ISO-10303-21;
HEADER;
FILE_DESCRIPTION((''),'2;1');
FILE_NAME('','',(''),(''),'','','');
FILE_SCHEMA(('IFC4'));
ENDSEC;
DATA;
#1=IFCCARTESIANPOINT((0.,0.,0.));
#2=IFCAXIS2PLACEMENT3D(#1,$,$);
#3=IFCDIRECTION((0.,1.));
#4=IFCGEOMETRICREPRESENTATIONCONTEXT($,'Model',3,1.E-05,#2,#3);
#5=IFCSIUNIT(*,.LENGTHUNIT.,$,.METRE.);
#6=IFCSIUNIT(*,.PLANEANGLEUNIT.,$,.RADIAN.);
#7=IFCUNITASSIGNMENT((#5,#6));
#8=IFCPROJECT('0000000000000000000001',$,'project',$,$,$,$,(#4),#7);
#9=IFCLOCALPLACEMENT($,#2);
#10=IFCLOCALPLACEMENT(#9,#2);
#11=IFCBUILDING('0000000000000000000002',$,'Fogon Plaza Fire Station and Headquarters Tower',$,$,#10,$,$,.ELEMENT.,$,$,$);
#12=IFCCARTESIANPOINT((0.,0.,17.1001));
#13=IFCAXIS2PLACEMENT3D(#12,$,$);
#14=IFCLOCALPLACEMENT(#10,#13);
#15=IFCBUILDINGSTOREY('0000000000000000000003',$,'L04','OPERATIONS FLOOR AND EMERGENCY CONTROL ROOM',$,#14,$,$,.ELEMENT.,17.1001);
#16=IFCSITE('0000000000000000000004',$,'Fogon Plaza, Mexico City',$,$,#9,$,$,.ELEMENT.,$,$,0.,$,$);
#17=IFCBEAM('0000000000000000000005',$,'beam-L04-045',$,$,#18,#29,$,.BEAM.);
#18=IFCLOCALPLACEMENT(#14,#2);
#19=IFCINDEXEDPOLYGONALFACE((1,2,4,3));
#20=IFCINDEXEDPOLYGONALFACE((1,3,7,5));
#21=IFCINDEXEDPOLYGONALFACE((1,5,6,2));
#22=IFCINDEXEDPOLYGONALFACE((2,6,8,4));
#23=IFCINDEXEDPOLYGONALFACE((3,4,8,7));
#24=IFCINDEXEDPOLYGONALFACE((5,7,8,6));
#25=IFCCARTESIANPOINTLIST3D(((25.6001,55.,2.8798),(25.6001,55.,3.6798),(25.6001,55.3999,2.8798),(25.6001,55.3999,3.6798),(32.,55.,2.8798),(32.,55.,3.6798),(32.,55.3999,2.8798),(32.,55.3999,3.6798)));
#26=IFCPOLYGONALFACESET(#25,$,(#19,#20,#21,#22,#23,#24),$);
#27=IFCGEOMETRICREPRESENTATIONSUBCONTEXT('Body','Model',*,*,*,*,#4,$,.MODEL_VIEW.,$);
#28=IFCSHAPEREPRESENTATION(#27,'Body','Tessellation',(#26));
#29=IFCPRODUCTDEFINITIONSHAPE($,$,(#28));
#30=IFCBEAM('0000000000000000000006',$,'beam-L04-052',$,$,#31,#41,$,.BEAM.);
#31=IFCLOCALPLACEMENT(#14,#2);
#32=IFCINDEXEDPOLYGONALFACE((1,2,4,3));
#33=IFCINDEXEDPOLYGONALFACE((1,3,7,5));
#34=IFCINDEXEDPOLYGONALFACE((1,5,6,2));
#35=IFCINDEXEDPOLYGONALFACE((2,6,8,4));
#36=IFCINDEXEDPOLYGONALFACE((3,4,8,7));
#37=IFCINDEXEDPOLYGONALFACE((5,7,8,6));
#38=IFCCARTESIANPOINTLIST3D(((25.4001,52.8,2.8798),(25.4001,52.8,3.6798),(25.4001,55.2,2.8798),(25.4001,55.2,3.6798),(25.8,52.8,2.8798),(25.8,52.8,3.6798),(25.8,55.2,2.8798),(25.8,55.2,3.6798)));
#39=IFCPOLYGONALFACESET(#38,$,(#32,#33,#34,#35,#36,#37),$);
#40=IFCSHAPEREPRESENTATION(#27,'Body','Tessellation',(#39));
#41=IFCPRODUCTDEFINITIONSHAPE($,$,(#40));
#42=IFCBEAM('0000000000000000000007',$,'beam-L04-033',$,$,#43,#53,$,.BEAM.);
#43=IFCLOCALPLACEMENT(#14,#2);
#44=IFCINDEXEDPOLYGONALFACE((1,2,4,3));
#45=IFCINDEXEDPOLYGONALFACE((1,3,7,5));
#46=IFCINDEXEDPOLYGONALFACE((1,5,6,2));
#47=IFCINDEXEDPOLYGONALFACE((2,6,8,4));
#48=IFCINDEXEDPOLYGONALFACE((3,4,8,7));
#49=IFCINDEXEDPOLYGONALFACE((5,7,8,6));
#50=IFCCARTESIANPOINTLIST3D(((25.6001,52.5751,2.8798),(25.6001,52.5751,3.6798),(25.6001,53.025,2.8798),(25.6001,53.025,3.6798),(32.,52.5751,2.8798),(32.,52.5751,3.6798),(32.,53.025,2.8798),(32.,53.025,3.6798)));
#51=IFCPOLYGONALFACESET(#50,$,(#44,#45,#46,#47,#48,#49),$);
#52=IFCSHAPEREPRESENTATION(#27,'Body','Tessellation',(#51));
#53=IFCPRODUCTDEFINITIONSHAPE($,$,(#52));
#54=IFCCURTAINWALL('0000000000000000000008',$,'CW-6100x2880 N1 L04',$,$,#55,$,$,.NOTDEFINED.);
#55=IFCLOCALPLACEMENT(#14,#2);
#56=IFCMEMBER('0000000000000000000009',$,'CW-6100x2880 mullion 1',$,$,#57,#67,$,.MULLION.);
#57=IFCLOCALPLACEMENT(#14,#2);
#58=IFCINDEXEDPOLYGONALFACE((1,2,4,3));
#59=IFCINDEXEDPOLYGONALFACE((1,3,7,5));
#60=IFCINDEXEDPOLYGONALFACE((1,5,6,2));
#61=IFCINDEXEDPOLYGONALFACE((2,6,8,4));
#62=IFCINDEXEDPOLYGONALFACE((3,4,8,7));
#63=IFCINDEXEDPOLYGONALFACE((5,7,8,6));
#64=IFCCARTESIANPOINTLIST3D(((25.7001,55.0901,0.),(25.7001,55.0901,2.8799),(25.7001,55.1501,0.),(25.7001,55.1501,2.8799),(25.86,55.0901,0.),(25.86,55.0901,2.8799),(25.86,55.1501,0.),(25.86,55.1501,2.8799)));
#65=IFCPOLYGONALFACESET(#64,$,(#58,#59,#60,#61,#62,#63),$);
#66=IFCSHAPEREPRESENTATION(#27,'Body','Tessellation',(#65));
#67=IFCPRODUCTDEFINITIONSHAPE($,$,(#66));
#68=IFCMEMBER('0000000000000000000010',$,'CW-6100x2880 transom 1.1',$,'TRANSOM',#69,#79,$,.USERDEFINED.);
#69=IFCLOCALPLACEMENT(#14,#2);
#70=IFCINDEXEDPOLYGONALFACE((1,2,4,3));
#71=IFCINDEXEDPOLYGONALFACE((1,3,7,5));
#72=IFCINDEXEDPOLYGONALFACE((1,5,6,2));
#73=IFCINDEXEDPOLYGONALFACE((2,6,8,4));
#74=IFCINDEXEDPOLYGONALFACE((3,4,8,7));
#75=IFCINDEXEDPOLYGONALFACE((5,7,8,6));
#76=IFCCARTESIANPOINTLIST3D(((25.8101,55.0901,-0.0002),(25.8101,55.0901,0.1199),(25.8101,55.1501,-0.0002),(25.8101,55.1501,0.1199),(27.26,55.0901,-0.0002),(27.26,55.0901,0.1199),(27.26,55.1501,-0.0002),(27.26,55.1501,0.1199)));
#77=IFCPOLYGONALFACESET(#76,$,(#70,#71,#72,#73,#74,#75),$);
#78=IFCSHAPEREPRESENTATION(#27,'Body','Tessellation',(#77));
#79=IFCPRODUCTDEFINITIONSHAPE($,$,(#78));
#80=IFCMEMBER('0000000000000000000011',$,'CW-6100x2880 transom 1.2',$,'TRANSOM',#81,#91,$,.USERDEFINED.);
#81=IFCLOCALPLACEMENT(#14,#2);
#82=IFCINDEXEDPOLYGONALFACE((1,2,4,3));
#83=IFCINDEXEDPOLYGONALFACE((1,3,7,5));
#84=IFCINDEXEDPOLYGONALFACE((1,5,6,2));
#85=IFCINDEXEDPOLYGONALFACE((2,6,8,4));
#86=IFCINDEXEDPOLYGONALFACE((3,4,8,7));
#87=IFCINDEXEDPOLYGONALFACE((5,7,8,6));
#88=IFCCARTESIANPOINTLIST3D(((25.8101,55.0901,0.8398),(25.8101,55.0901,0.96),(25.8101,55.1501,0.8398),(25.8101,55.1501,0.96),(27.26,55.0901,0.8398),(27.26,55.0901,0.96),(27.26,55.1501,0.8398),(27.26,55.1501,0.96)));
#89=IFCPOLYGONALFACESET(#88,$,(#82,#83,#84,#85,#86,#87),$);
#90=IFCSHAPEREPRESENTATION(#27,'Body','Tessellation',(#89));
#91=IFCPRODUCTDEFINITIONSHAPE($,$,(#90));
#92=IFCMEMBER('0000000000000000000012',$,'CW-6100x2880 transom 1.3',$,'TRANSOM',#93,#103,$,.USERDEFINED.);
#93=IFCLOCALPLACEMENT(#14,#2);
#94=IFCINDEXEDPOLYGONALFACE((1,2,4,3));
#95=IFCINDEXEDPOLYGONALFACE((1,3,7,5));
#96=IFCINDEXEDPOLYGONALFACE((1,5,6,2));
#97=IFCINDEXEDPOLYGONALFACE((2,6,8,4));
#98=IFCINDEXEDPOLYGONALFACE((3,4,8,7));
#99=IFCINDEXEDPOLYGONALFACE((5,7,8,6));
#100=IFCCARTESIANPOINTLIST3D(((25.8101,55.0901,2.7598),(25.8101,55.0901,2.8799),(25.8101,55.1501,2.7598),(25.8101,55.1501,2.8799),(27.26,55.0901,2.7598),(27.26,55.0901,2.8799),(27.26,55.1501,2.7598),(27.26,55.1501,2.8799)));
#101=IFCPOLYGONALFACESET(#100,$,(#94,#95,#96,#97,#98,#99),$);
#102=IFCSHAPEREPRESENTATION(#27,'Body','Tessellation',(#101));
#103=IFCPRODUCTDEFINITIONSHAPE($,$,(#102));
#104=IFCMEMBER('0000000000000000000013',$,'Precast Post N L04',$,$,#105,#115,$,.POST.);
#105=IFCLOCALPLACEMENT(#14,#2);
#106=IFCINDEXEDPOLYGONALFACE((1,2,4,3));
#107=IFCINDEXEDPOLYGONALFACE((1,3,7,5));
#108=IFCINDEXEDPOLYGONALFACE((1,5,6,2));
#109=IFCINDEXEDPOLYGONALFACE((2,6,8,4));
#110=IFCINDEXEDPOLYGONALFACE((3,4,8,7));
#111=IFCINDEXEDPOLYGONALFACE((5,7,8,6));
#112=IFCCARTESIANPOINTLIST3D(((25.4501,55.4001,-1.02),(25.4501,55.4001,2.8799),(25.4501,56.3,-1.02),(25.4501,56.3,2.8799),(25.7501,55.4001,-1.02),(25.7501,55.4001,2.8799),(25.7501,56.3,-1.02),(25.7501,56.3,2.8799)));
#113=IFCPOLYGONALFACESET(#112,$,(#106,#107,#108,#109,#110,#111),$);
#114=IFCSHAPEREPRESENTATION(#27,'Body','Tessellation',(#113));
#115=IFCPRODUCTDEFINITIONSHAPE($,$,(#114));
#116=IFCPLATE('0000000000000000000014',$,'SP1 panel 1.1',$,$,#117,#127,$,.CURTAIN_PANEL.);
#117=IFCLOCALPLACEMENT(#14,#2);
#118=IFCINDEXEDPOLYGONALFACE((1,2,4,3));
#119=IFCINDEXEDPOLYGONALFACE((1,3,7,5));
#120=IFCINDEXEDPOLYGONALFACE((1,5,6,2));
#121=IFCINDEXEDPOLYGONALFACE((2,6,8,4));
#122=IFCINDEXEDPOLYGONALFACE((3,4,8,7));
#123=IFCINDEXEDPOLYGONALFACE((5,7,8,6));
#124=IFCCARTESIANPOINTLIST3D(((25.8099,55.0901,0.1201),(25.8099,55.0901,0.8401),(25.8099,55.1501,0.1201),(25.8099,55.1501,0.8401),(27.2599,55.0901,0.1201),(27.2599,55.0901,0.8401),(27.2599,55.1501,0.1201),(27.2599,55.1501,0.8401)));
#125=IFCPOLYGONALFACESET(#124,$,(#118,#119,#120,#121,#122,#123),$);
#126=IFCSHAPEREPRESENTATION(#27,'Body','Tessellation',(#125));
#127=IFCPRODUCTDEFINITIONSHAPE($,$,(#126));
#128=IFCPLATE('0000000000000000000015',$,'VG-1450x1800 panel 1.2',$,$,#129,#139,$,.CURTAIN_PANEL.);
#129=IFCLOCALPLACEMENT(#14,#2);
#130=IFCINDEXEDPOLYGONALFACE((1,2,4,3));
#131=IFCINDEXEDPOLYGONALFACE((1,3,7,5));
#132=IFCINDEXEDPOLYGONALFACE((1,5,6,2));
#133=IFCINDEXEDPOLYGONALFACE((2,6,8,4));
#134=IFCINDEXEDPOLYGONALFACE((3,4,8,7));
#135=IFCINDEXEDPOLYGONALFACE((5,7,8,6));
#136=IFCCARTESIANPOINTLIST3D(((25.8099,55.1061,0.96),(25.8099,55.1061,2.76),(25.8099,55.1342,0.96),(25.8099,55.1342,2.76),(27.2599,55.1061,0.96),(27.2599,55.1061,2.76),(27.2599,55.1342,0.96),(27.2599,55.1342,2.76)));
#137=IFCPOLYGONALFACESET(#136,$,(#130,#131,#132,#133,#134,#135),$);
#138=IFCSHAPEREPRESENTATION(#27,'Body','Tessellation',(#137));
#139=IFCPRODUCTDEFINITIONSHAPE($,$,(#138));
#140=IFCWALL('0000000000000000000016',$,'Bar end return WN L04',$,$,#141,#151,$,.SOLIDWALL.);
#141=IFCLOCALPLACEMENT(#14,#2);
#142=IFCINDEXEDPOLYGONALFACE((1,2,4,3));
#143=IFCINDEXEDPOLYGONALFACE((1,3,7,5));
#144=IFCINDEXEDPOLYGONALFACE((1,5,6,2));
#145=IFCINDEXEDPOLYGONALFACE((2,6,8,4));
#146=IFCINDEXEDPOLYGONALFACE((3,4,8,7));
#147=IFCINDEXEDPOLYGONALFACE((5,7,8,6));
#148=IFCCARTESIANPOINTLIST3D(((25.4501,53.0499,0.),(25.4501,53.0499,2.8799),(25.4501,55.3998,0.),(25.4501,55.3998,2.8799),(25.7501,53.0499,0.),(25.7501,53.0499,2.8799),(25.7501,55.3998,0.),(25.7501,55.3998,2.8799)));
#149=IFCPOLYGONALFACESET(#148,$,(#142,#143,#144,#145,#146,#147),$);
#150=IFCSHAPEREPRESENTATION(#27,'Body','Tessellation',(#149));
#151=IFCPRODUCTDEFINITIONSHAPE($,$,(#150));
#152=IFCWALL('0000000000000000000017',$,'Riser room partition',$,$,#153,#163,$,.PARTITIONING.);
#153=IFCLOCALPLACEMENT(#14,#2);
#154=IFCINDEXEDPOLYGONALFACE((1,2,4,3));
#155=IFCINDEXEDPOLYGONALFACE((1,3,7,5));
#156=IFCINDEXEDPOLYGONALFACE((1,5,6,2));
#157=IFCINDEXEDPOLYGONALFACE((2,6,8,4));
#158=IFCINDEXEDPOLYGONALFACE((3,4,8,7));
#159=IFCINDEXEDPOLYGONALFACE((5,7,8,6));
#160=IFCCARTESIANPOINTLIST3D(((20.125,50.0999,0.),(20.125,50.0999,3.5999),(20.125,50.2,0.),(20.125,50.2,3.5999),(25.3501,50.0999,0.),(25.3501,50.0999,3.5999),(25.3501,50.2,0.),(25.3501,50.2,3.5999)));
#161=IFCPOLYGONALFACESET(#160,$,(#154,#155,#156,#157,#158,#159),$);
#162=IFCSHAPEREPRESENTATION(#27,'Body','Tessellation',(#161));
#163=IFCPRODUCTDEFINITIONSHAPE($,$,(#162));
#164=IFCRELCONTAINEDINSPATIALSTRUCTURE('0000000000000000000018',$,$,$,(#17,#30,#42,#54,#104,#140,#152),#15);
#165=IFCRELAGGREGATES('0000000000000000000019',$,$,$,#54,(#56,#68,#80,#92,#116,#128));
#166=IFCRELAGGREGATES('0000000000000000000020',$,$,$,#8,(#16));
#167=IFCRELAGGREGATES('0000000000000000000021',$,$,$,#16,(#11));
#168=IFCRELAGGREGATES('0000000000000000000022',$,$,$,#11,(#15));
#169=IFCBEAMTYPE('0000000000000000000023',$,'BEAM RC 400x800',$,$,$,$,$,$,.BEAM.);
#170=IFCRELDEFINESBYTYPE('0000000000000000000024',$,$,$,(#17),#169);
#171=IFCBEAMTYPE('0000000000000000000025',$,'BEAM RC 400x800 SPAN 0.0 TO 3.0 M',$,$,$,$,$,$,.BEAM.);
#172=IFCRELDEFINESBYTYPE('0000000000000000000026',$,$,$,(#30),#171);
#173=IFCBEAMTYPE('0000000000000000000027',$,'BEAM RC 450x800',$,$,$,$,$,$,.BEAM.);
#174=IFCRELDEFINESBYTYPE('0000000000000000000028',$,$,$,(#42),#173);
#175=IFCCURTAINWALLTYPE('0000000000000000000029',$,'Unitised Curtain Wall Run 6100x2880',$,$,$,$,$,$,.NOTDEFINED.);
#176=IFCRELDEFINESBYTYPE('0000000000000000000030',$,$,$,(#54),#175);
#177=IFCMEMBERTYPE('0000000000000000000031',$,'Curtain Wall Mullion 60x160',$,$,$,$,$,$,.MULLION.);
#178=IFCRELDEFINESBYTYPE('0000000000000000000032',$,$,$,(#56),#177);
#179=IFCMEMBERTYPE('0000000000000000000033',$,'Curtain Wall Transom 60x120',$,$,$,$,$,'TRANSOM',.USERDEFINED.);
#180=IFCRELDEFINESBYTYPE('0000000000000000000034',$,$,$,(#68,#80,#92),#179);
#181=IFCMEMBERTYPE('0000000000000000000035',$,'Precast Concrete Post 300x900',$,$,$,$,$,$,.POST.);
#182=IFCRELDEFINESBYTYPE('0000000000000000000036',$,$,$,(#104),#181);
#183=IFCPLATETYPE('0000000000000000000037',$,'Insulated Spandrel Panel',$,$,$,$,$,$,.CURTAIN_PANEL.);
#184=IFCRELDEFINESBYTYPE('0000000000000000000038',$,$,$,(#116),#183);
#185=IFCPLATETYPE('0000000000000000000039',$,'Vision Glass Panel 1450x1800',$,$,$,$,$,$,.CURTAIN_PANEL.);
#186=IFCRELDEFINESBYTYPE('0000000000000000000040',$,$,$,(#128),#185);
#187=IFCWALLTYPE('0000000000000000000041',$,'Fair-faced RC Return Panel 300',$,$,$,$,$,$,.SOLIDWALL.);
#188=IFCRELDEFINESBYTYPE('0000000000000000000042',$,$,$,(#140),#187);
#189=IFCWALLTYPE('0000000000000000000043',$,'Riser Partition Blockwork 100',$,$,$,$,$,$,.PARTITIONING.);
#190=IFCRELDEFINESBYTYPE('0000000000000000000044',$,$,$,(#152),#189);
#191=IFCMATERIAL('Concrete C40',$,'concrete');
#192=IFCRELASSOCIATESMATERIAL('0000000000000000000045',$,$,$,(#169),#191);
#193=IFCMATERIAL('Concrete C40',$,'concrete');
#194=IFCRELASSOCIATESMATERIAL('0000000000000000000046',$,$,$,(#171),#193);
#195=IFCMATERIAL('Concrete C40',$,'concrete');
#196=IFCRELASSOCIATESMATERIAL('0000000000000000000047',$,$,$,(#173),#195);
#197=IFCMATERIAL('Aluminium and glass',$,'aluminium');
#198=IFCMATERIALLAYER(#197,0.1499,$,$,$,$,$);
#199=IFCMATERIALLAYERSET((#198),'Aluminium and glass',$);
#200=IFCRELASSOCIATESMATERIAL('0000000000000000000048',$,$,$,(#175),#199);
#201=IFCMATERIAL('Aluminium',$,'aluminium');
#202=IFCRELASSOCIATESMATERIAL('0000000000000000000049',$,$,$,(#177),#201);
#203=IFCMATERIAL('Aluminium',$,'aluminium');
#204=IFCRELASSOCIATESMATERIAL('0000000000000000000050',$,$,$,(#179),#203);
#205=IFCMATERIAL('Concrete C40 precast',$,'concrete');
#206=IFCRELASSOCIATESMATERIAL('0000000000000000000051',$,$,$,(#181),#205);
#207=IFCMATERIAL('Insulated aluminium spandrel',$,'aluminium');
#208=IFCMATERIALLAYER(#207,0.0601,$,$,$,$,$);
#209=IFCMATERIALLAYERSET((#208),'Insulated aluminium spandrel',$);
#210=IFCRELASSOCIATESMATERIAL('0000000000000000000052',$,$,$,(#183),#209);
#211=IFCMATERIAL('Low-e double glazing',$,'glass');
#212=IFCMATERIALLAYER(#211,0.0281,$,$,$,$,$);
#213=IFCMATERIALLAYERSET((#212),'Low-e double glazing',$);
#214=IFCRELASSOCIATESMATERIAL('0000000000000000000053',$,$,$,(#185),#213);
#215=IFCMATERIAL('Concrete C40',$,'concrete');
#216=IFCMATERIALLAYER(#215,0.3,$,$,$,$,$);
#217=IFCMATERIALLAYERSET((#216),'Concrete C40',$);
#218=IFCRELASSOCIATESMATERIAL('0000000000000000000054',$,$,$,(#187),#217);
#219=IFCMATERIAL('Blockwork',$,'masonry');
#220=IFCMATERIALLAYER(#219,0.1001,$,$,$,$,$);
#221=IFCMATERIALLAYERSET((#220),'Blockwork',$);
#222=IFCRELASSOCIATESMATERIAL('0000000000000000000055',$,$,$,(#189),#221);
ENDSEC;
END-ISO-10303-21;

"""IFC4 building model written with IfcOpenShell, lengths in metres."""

from ifc_helpers import new_model, si_unit, direction, frame, frame_2d, origin, origin_2d, place, context, subcontext, project, spatial, rectangle, extrude, material, layer, layer_set, material_profile, profile_set, type_object, element, aggregate, save


model = new_model("IFC4")

# Units and contexts
model_context = context("Model", 3, precision=1e-05, world=origin(), true_north=direction((0.0, 1.0)))
body_context = subcontext(model_context, "Body", "Model", "MODEL_VIEW")
ifc_project = project(units=[si_unit("LENGTHUNIT", "METRE"), si_unit("PLANEANGLEUNIT", "RADIAN")], contexts=[model_context])

# Site, building, storey
site_placement = place(None, origin())
site = spatial("IfcSite", under=ifc_project, at=site_placement, Name="Fogon Plaza, Mexico City", CompositionType="ELEMENT", RefElevation=0.0)
building_placement = place(site_placement, origin())
building = spatial("IfcBuilding", under=site, at=building_placement, Name="Fogon Plaza Fire Station and Headquarters Tower", CompositionType="ELEMENT")
storey_placement = place(building_placement, frame((0.0, 0.0, 17.1001)))
storey = spatial("IfcBuildingStorey", under=building, at=storey_placement, Name="L04", Description="OPERATIONS FLOOR AND EMERGENCY CONTROL ROOM", CompositionType="ELEMENT", Elevation=17.1001)

# Beams
ifc_material_1 = material(Name="Concrete C40", Category="concrete")
ifc_material_profile_1 = material_profile(ifc_material_1, rectangle(XDim=0.3999, YDim=0.8, at=origin_2d()), Name="RC 400x800")
ifc_profile_set_1 = profile_set([ifc_material_profile_1], Name="Concrete C40")
beam_type_1 = type_object("IfcBeamType", Name="BEAM RC 400x800", PredefinedType="BEAM", material=ifc_profile_set_1)
beam_1_placement = place(storey_placement, frame((25.6001, 55.2, 3.2798), z_axis=(1.0, 0.0, 0.0), x_axis=(0.0, 1.0, 0.0)))
element("IfcBeam", 1, at=beam_1_placement, inside=storey, type_object=beam_type_1, Name="beam-L04-045", PredefinedType="BEAM", context=body_context, shape_type="SweptSolid", body=[
    extrude(rectangle(XDim=0.3999, YDim=0.8, at=origin_2d()), origin(), (0.0, 0.0, 1.0), 6.3999),
])
ifc_material_2 = material(Name="Concrete C40", Category="concrete")
ifc_material_profile_2 = material_profile(ifc_material_2, rectangle(XDim=0.3999, YDim=0.8, at=origin_2d()), Name="RC 400x800")
ifc_profile_set_2 = profile_set([ifc_material_profile_2], Name="Concrete C40")
beam_type_2 = type_object("IfcBeamType", Name="BEAM RC 400x800 SPAN 0.0 TO 3.0 M", PredefinedType="BEAM", material=ifc_profile_set_2)
beam_2_placement = place(storey_placement, frame((25.6001, 52.8, 3.2798), z_axis=(0.0, 1.0, 0.0), x_axis=(-1.0, 0.0, 0.0)))
element("IfcBeam", 2, at=beam_2_placement, inside=storey, type_object=beam_type_2, Name="beam-L04-052", PredefinedType="BEAM", context=body_context, shape_type="SweptSolid", body=[
    extrude(rectangle(XDim=0.3999, YDim=0.8, at=origin_2d()), origin(), (0.0, 0.0, 1.0), 2.3999),
])
ifc_material_3 = material(Name="Concrete C40", Category="concrete")
ifc_material_profile_3 = material_profile(ifc_material_3, rectangle(XDim=0.45, YDim=0.8, at=origin_2d()), Name="RC 450x800")
ifc_profile_set_3 = profile_set([ifc_material_profile_3], Name="Concrete C40")
beam_type_3 = type_object("IfcBeamType", Name="BEAM RC 450x800", PredefinedType="BEAM", material=ifc_profile_set_3)
beam_3_placement = place(storey_placement, frame((25.6001, 52.8, 3.2798), z_axis=(1.0, 0.0, 0.0), x_axis=(0.0, 1.0, 0.0)))
element("IfcBeam", 3, at=beam_3_placement, inside=storey, type_object=beam_type_3, Name="beam-L04-033", PredefinedType="BEAM", context=body_context, shape_type="SweptSolid", body=[
    extrude(rectangle(XDim=0.45, YDim=0.8, at=origin_2d()), origin(), (0.0, 0.0, 1.0), 6.3999),
])

# Curtain wall, members
ifc_material_4 = material(Name="Aluminium and glass", Category="aluminium")
ifc_layer_1 = layer(ifc_material_4, 0.1499)
ifc_layer_set_1 = layer_set([ifc_layer_1], Name="Aluminium and glass")
curtain_wall_type = type_object("IfcCurtainWallType", Name="Unitised Curtain Wall Run 6100x2880", PredefinedType="NOTDEFINED", material=ifc_layer_set_1)
curtain_wall_placement = place(storey_placement, origin())
curtain_wall = element("IfcCurtainWall", 4, at=curtain_wall_placement, inside=storey, type_object=curtain_wall_type, Name="CW-6100x2880 N1 L04", PredefinedType="NOTDEFINED")
ifc_material_5 = material(Name="Aluminium", Category="aluminium")
ifc_material_profile_4 = material_profile(ifc_material_5, rectangle(XDim=0.0601, YDim=0.1599, at=origin_2d()), Name="Curtain Wall Mullion 60x160")
ifc_profile_set_4 = profile_set([ifc_material_profile_4], Name="Aluminium")
member_type_1 = type_object("IfcMemberType", Name="Curtain Wall Mullion 60x160", PredefinedType="MULLION", material=ifc_profile_set_4)
member_1_placement = place(storey_placement, frame((25.78, 55.1201, 0.0), z_axis=(0.0, 0.0, 1.0), x_axis=(0.0, 1.0, 0.0)))
member_1 = element("IfcMember", 5, at=member_1_placement, type_object=member_type_1, Name="CW-6100x2880 mullion 1", PredefinedType="MULLION", context=body_context, shape_type="SweptSolid", body=[
    extrude(rectangle(XDim=0.0601, YDim=0.1599, at=origin_2d()), origin(), (0.0, 0.0, 1.0), 2.8799),
])
ifc_material_6 = material(Name="Aluminium", Category="aluminium")
ifc_material_profile_5 = material_profile(ifc_material_6, rectangle(XDim=0.0601, YDim=0.1201, at=origin_2d()), Name="Curtain Wall Transom 60x120")
ifc_profile_set_5 = profile_set([ifc_material_profile_5], Name="Aluminium")
member_type_2 = type_object("IfcMemberType", Name="Curtain Wall Transom 60x120", ElementType="TRANSOM", PredefinedType="USERDEFINED", material=ifc_profile_set_5)
member_2_placement = place(storey_placement, frame((25.8101, 55.1201, 0.0598), z_axis=(1.0, 0.0, 0.0), x_axis=(0.0, 1.0, 0.0)))
member_2 = element("IfcMember", 6, at=member_2_placement, type_object=member_type_2, Name="CW-6100x2880 transom 1.1", ObjectType="TRANSOM", PredefinedType="USERDEFINED", context=body_context, shape_type="SweptSolid", body=[
    extrude(rectangle(XDim=0.0601, YDim=0.1201, at=origin_2d()), origin(), (0.0, 0.0, 1.0), 1.45),
])
member_3_placement = place(storey_placement, frame((25.8101, 55.1201, 0.8999), z_axis=(1.0, 0.0, 0.0), x_axis=(0.0, 1.0, 0.0)))
member_3 = element("IfcMember", 7, at=member_3_placement, type_object=member_type_2, Name="CW-6100x2880 transom 1.2", ObjectType="TRANSOM", PredefinedType="USERDEFINED", context=body_context, shape_type="SweptSolid", body=[
    extrude(rectangle(XDim=0.0601, YDim=0.1201, at=origin_2d()), origin(), (0.0, 0.0, 1.0), 1.45),
])
member_4_placement = place(storey_placement, frame((25.8101, 55.1201, 2.8198), z_axis=(1.0, 0.0, 0.0), x_axis=(0.0, 1.0, 0.0)))
member_4 = element("IfcMember", 8, at=member_4_placement, type_object=member_type_2, Name="CW-6100x2880 transom 1.3", ObjectType="TRANSOM", PredefinedType="USERDEFINED", context=body_context, shape_type="SweptSolid", body=[
    extrude(rectangle(XDim=0.0601, YDim=0.1201, at=origin_2d()), origin(), (0.0, 0.0, 1.0), 1.45),
])

# Member
ifc_material_7 = material(Name="Concrete C40 precast", Category="concrete")
ifc_material_profile_6 = material_profile(ifc_material_7, rectangle(XDim=0.3, YDim=0.8999, at=origin_2d()), Name="Precast Concrete Post 300x900")
ifc_profile_set_6 = profile_set([ifc_material_profile_6], Name="Concrete C40 precast")
member_type_3 = type_object("IfcMemberType", Name="Precast Concrete Post 300x900", PredefinedType="POST", material=ifc_profile_set_6)
member_5_placement = place(storey_placement, frame((25.6001, 55.8501, -1.02), z_axis=(0.0, 0.0, 1.0), x_axis=(1.0, 0.0, 0.0)))
element("IfcMember", 9, at=member_5_placement, inside=storey, type_object=member_type_3, Name="Precast Post N L04", PredefinedType="POST", context=body_context, shape_type="SweptSolid", body=[
    extrude(rectangle(XDim=0.3, YDim=0.8999, at=origin_2d()), origin(), (0.0, 0.0, 1.0), 3.8999),
])

# Plates
ifc_material_8 = material(Name="Insulated aluminium spandrel", Category="aluminium")
ifc_layer_2 = layer(ifc_material_8, 0.0601)
ifc_layer_set_2 = layer_set([ifc_layer_2], Name="Insulated aluminium spandrel")
plate_type_1 = type_object("IfcPlateType", Name="Insulated Spandrel Panel", PredefinedType="CURTAIN_PANEL", material=ifc_layer_set_2)
plate_1_placement = place(storey_placement, frame((26.5349, 55.1201, 0.1201), z_axis=(0.0, 0.0, 1.0), x_axis=(1.0, 0.0, 0.0)))
plate_1 = element("IfcPlate", 10, at=plate_1_placement, type_object=plate_type_1, Name="SP1 panel 1.1", PredefinedType="CURTAIN_PANEL", context=body_context, shape_type="SweptSolid", body=[
    extrude(rectangle(XDim=1.45, YDim=0.0601, at=origin_2d()), origin(), (0.0, 0.0, 1.0), 0.72),
])
ifc_material_9 = material(Name="Low-e double glazing", Category="glass")
ifc_layer_3 = layer(ifc_material_9, 0.0281)
ifc_layer_set_3 = layer_set([ifc_layer_3], Name="Low-e double glazing")
plate_type_2 = type_object("IfcPlateType", Name="Vision Glass Panel 1450x1800", PredefinedType="CURTAIN_PANEL", material=ifc_layer_set_3)
plate_2_placement = place(storey_placement, frame((26.5349, 55.1201, 0.96), z_axis=(0.0, 0.0, 1.0), x_axis=(1.0, 0.0, 0.0)))
plate_2 = element("IfcPlate", 11, at=plate_2_placement, type_object=plate_type_2, Name="VG-1450x1800 panel 1.2", PredefinedType="CURTAIN_PANEL", context=body_context, shape_type="SweptSolid", body=[
    extrude(rectangle(XDim=1.45, YDim=0.0281, at=origin_2d()), origin(), (0.0, 0.0, 1.0), 1.8),
])
aggregate(curtain_wall, [member_1, member_2, member_3, member_4, plate_1, plate_2])

# Walls
ifc_material_10 = material(Name="Concrete C40", Category="concrete")
ifc_layer_4 = layer(ifc_material_10, 0.3)
ifc_layer_set_4 = layer_set([ifc_layer_4], Name="Concrete C40")
wall_type_1 = type_object("IfcWallType", Name="Fair-faced RC Return Panel 300", PredefinedType="SOLIDWALL", material=ifc_layer_set_4)
wall_1_placement = place(storey_placement, frame((25.6001, 53.05, 0.0), z_axis=(0.0, 0.0, 1.0), x_axis=(0.0, 1.0, 0.0)))
element("IfcWall", 12, at=wall_1_placement, inside=storey, type_object=wall_type_1, Name="Bar end return WN L04", PredefinedType="SOLIDWALL", context=body_context, shape_type="SweptSolid", body=[
    extrude(rectangle(XDim=2.3499, YDim=0.3, at=frame_2d((1.1748, 0.0))), origin(), (0.0, 0.0, 1.0), 2.8799),
])
ifc_material_11 = material(Name="Blockwork", Category="masonry")
ifc_layer_5 = layer(ifc_material_11, 0.1001)
ifc_layer_set_5 = layer_set([ifc_layer_5], Name="Blockwork")
wall_type_2 = type_object("IfcWallType", Name="Riser Partition Blockwork 100", PredefinedType="PARTITIONING", material=ifc_layer_set_5)
wall_2_placement = place(storey_placement, frame((20.125, 50.1499, 0.0), z_axis=(0.0, 0.0, 1.0), x_axis=(1.0, 0.0, 0.0)))
element("IfcWall", 13, at=wall_2_placement, inside=storey, type_object=wall_type_2, Name="Riser room partition", PredefinedType="PARTITIONING", context=body_context, shape_type="SweptSolid", body=[
    extrude(rectangle(XDim=5.2251, YDim=0.1001, at=frame_2d((2.6125, 0.0))), origin(), (0.0, 0.0, 1.0), 3.5999),
])

save(model, "model.ifc")
